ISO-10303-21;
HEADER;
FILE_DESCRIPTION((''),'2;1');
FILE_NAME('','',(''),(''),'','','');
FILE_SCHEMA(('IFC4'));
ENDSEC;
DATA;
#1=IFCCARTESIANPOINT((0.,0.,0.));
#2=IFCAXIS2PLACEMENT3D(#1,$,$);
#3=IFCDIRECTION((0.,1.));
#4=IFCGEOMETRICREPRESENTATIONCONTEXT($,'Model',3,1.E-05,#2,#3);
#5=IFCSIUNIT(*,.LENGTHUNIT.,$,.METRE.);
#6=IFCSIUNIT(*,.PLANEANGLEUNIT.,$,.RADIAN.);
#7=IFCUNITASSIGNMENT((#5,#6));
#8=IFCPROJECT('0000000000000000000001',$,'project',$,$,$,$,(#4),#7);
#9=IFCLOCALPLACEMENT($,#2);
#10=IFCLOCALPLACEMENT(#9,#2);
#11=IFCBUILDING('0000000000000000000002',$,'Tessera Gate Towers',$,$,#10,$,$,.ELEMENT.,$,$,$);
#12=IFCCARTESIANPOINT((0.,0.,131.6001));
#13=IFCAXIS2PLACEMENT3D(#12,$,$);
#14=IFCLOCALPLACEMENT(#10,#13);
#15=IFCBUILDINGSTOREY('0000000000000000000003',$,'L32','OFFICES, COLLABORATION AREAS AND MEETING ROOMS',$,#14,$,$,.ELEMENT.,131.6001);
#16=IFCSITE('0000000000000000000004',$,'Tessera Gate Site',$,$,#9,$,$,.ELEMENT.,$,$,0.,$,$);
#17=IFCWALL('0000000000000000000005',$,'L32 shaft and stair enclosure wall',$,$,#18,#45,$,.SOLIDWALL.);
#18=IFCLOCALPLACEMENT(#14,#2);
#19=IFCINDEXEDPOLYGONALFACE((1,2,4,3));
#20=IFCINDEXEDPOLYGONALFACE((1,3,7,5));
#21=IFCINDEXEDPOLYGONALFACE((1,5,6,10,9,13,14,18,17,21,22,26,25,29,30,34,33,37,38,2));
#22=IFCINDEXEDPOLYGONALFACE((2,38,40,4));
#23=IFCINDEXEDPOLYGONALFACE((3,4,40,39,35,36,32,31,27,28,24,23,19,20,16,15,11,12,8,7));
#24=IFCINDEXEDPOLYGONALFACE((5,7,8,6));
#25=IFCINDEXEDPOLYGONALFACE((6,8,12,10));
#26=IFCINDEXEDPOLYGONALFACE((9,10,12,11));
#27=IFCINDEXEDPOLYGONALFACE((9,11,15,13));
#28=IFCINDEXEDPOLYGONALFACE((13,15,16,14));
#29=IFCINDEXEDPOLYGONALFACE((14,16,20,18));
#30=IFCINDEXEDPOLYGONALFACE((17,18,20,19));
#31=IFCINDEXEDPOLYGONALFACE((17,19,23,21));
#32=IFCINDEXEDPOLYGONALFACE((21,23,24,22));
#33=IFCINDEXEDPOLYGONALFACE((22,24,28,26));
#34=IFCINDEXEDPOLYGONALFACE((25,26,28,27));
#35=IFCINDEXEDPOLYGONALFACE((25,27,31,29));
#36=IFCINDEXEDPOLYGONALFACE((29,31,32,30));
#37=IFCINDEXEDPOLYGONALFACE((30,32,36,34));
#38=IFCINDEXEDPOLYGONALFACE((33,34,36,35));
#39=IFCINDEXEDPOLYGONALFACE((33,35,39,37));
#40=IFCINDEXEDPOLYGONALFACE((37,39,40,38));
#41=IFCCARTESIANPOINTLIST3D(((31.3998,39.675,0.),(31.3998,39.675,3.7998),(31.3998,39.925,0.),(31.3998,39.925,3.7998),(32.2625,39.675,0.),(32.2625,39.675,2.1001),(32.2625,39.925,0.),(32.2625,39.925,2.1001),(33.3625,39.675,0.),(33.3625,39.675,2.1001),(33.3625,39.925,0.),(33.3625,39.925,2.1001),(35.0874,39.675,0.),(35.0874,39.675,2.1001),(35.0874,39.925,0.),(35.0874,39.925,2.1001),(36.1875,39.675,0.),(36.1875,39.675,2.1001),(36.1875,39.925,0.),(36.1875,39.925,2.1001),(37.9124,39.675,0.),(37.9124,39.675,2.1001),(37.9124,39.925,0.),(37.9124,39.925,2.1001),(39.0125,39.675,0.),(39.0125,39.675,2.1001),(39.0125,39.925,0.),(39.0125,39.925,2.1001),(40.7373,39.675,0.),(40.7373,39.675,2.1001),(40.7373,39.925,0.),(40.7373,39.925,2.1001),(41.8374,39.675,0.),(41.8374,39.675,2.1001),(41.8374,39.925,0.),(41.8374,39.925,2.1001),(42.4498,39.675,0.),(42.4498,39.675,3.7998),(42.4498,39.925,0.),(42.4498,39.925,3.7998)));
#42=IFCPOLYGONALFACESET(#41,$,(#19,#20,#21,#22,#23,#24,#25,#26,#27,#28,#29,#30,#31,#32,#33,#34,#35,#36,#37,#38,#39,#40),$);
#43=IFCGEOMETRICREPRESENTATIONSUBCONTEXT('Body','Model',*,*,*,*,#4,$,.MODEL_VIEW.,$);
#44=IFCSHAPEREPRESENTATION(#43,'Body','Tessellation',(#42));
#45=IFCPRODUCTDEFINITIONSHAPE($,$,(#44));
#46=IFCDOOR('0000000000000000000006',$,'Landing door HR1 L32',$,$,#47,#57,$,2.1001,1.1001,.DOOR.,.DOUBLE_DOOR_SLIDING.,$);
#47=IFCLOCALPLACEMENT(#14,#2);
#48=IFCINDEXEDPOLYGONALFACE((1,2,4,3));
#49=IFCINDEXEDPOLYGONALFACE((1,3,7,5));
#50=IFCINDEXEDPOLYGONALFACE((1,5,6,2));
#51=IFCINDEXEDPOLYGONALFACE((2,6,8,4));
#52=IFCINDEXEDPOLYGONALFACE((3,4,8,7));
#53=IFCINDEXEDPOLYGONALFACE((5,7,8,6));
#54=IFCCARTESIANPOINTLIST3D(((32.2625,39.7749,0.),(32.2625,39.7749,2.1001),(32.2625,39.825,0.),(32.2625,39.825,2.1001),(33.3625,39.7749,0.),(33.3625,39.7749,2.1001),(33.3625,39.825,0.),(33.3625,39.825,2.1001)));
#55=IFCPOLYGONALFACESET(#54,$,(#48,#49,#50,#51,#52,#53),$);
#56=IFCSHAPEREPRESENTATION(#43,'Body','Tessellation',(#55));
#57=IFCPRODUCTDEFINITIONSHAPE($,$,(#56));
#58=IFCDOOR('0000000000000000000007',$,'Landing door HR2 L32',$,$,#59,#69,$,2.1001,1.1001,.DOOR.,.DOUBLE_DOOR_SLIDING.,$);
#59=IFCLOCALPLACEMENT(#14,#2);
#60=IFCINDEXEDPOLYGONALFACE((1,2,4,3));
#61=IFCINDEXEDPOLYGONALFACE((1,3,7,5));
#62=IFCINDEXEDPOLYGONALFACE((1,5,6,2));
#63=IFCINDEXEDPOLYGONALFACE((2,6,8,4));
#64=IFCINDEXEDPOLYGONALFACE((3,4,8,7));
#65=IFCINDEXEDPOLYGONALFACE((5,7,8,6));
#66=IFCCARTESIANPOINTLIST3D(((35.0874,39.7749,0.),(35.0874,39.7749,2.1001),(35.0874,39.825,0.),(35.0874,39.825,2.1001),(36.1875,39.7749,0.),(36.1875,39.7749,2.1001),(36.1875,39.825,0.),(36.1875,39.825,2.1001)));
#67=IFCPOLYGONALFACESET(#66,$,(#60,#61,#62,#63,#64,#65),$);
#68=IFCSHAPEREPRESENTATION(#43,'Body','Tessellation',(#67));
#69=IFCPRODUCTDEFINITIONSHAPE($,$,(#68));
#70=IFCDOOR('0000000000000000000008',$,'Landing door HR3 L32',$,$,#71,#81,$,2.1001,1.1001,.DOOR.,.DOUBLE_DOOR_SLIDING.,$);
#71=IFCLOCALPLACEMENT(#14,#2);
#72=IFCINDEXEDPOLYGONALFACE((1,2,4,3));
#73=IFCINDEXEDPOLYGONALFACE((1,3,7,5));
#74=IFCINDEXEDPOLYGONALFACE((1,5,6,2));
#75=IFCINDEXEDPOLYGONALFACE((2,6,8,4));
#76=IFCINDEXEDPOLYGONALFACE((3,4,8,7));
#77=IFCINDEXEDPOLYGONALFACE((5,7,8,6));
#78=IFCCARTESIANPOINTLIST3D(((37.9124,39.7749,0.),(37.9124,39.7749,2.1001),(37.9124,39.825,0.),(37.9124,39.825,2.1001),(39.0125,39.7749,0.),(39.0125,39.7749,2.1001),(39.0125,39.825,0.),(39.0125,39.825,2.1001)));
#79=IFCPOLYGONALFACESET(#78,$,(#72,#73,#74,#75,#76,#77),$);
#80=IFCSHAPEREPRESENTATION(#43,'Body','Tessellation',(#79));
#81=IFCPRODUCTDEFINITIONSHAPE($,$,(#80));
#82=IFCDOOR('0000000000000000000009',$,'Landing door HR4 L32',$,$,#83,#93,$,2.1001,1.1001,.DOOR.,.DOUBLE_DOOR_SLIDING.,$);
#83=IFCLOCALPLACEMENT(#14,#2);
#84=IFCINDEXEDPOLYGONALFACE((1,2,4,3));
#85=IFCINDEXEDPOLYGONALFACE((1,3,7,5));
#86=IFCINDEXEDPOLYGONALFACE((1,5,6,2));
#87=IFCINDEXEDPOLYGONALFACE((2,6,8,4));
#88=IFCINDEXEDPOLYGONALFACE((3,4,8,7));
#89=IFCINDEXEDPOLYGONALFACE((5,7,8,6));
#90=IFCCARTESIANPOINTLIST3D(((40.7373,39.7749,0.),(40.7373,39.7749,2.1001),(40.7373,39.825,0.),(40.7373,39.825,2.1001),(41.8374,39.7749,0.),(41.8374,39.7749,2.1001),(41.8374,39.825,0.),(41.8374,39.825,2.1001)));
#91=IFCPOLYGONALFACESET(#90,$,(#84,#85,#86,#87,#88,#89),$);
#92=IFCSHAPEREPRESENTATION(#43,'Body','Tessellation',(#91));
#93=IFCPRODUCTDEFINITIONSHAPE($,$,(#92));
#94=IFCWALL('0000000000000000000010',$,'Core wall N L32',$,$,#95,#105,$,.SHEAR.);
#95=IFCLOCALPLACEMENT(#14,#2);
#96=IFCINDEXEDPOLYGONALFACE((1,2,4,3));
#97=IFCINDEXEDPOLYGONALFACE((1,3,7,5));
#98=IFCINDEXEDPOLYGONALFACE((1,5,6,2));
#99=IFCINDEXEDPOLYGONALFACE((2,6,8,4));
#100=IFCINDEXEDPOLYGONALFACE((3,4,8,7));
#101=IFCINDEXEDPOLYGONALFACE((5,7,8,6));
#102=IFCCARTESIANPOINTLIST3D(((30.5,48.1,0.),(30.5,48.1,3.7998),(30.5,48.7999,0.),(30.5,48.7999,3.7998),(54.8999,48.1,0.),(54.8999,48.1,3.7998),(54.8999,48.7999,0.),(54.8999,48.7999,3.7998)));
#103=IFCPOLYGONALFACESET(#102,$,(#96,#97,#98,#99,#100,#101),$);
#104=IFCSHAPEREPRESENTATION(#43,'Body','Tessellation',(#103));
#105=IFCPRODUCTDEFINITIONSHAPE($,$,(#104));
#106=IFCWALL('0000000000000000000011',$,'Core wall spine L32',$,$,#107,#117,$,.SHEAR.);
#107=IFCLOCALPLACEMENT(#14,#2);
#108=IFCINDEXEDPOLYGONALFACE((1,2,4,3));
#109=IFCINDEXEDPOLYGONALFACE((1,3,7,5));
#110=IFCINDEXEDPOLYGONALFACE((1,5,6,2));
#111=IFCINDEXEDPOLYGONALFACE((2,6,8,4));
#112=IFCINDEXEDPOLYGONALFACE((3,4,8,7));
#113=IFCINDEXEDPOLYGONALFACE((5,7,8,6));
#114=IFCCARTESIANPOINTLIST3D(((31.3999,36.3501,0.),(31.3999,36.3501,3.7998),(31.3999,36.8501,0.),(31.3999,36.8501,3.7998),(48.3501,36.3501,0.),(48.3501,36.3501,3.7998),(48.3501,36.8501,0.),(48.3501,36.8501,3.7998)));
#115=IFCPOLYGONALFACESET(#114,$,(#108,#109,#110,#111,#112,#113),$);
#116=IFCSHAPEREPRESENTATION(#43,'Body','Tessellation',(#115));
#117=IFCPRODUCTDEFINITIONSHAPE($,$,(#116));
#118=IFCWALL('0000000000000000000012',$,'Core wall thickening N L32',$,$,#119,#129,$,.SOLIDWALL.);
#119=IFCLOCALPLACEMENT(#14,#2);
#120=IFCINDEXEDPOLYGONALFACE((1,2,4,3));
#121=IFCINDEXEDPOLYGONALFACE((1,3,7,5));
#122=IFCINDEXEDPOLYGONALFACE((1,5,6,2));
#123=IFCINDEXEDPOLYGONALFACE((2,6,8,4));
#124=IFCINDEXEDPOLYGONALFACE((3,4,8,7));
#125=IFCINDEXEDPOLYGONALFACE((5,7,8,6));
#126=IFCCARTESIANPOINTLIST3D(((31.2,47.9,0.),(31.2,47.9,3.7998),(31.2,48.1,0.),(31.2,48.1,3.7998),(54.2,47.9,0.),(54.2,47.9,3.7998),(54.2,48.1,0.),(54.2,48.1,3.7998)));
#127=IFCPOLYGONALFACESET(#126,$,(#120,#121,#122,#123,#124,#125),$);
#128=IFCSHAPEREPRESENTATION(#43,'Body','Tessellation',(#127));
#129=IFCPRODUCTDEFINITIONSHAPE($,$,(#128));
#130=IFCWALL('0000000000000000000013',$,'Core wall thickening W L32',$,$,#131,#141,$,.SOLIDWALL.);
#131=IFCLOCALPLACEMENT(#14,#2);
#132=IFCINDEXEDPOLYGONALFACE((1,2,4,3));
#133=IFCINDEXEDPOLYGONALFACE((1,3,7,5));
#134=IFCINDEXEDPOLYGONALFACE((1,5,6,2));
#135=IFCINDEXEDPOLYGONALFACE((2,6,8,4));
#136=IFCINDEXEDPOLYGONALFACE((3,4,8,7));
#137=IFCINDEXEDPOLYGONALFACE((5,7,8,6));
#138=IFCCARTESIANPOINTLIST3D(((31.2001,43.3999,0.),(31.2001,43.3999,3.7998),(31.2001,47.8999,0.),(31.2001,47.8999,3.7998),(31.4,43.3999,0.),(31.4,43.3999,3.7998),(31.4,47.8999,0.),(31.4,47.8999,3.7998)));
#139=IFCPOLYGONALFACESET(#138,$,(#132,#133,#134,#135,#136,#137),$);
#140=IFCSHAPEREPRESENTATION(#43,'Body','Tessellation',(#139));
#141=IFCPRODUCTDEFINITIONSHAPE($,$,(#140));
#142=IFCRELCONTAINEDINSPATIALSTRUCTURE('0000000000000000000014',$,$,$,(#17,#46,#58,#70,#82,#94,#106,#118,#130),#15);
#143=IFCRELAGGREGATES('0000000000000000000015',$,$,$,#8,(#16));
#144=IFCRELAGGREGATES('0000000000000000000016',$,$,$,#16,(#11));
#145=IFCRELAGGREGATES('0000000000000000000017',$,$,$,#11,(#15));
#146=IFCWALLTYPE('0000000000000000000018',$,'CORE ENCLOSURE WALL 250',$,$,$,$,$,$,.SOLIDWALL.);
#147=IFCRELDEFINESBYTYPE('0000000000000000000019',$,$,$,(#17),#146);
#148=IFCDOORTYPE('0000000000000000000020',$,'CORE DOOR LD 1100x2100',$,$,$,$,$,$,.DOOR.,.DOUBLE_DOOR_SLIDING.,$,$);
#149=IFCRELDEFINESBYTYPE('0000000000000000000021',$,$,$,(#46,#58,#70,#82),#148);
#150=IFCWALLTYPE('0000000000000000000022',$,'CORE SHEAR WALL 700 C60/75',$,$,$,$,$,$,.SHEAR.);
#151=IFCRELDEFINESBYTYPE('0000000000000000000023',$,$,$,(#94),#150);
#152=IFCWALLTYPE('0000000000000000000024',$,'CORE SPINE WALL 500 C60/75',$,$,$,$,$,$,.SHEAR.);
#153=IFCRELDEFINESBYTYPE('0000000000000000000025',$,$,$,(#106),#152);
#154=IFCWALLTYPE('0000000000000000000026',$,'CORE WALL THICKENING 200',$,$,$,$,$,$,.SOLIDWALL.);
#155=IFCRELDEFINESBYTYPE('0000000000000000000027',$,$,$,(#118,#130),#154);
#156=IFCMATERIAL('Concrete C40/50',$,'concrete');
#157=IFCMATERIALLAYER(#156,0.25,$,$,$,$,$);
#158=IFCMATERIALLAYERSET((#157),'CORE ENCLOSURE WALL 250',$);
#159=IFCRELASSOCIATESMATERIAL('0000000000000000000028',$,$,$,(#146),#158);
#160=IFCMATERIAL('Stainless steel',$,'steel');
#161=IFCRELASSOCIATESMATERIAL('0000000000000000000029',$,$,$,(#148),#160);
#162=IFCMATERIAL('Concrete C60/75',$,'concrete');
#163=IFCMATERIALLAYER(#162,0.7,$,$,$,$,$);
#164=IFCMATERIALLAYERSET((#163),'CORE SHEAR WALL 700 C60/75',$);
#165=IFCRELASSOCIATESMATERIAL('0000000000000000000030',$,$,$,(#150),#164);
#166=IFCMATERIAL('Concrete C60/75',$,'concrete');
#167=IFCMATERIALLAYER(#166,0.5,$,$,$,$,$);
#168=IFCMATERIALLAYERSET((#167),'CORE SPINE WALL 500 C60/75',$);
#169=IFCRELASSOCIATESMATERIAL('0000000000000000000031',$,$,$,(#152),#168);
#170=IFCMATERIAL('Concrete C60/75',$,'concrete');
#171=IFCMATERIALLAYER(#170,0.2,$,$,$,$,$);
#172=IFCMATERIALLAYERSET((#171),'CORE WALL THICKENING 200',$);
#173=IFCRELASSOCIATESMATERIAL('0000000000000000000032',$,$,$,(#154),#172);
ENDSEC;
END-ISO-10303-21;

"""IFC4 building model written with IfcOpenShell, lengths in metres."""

from ifc_helpers import new_model, si_unit, direction, frame, frame_2d, origin, place, context, subcontext, project, spatial, rectangle, extrude, source, transform, mapped, material, layer, layer_set, type_object, element, fill, save


model = new_model("IFC4")

# Units and contexts
model_context = context("Model", 3, precision=1e-05, world=origin(), true_north=direction((0.0, 1.0)))
body_context = subcontext(model_context, "Body", "Model", "MODEL_VIEW")
ifc_project = project(units=[si_unit("LENGTHUNIT", "METRE"), si_unit("PLANEANGLEUNIT", "RADIAN")], contexts=[model_context])

# Site, building, storey
site_placement = place(None, origin())
site = spatial("IfcSite", under=ifc_project, at=site_placement, Name="Tessera Gate Site", CompositionType="ELEMENT", RefElevation=0.0)
building_placement = place(site_placement, origin())
building = spatial("IfcBuilding", under=site, at=building_placement, Name="Tessera Gate Towers", CompositionType="ELEMENT")
storey_placement = place(building_placement, frame((0.0, 0.0, 131.6001)))
storey = spatial("IfcBuildingStorey", under=building, at=storey_placement, Name="L32", Description="OFFICES, COLLABORATION AREAS AND MEETING ROOMS", CompositionType="ELEMENT", Elevation=131.6001)

# Wall, openings, doors
ifc_material_1 = material(Name="Concrete C40/50", Category="concrete")
ifc_layer_1 = layer(ifc_material_1, 0.25)
ifc_layer_set_1 = layer_set([ifc_layer_1], Name="CORE ENCLOSURE WALL 250")
wall_type_1 = type_object("IfcWallType", Name="CORE ENCLOSURE WALL 250", PredefinedType="SOLIDWALL", material=ifc_layer_set_1)
wall_1_placement = place(storey_placement, frame((31.3999, 39.8, 0.0), z_axis=(0.0, 0.0, 1.0), x_axis=(1.0, 0.0, 0.0)))
wall_1 = element("IfcWall", 1, at=wall_1_placement, inside=storey, type_object=wall_type_1, Name="L32 shaft and stair enclosure wall", PredefinedType="SOLIDWALL", context=body_context, shape_type="SweptSolid", body=[
    extrude(rectangle(XDim=11.05, YDim=0.25, at=frame_2d((5.5249, 0.0))), origin(), (0.0, 0.0, 1.0), 3.7998),
])
shared_shape_1 = source(origin(), body_context, "Body", "SweptSolid", [
    extrude(rectangle(XDim=1.1001, YDim=2.1001, at=frame_2d((0.55, 1.05))), frame((0.0, 0.135, 0.0), z_axis=(0.0, -1.0, 0.0), x_axis=(1.0, 0.0, 0.0)), (0.0, 0.0, 1.0), 0.27),
])
opening_1_placement = place(wall_1_placement, frame((0.8625, 0.0, 0.0)))
opening_1 = element("IfcOpeningElement", 2, at=opening_1_placement, cuts=wall_1, PredefinedType="OPENING", context=body_context, shape_type="MappedRepresentation", body=[
    mapped(shared_shape_1, transform((0.0, 0.0, 0.0), scale=1.0)),
])
opening_2_placement = place(wall_1_placement, frame((3.6875, 0.0, 0.0)))
opening_2 = element("IfcOpeningElement", 3, at=opening_2_placement, cuts=wall_1, PredefinedType="OPENING", context=body_context, shape_type="MappedRepresentation", body=[
    mapped(shared_shape_1, transform((0.0, 0.0, 0.0), scale=1.0)),
])
opening_3_placement = place(wall_1_placement, frame((6.5125, 0.0, 0.0)))
opening_3 = element("IfcOpeningElement", 4, at=opening_3_placement, cuts=wall_1, PredefinedType="OPENING", context=body_context, shape_type="MappedRepresentation", body=[
    mapped(shared_shape_1, transform((0.0, 0.0, 0.0), scale=1.0)),
])
opening_4_placement = place(wall_1_placement, frame((9.3374, 0.0, 0.0)))
opening_4 = element("IfcOpeningElement", 5, at=opening_4_placement, cuts=wall_1, PredefinedType="OPENING", context=body_context, shape_type="MappedRepresentation", body=[
    mapped(shared_shape_1, transform((0.0, 0.0, 0.0), scale=1.0)),
])
ifc_material_2 = material(Name="Stainless steel", Category="steel")
door_type_1 = type_object("IfcDoorType", Name="CORE DOOR LD 1100x2100", OperationType="DOUBLE_DOOR_SLIDING", PredefinedType="DOOR", material=ifc_material_2)
shared_shape_2 = source(origin(), body_context, "Body", "SweptSolid", [
    extrude(rectangle(XDim=1.1001, YDim=2.1001, at=frame_2d((0.55, 1.05))), frame((0.0, 0.0249, 0.0), z_axis=(0.0, -1.0, 0.0), x_axis=(1.0, 0.0, 0.0)), (0.0, 0.0, 1.0), 0.05),
])
door_1_placement = place(opening_1_placement, origin())
door_1 = element("IfcDoor", 6, at=door_1_placement, inside=storey, type_object=door_type_1, Name="Landing door HR1 L32", OperationType="DOUBLE_DOOR_SLIDING", OverallHeight=2.1001, OverallWidth=1.1001, PredefinedType="DOOR", context=body_context, shape_type="MappedRepresentation", body=[
    mapped(shared_shape_2, transform((0.0, 0.0, 0.0), scale=1.0)),
])
fill(opening_1, door_1)
door_2_placement = place(opening_2_placement, origin())
door_2 = element("IfcDoor", 7, at=door_2_placement, inside=storey, type_object=door_type_1, Name="Landing door HR2 L32", OperationType="DOUBLE_DOOR_SLIDING", OverallHeight=2.1001, OverallWidth=1.1001, PredefinedType="DOOR", context=body_context, shape_type="MappedRepresentation", body=[
    mapped(shared_shape_2, transform((0.0, 0.0, 0.0), scale=1.0)),
])
fill(opening_2, door_2)
door_3_placement = place(opening_3_placement, origin())
door_3 = element("IfcDoor", 8, at=door_3_placement, inside=storey, type_object=door_type_1, Name="Landing door HR3 L32", OperationType="DOUBLE_DOOR_SLIDING", OverallHeight=2.1001, OverallWidth=1.1001, PredefinedType="DOOR", context=body_context, shape_type="MappedRepresentation", body=[
    mapped(shared_shape_2, transform((0.0, 0.0, 0.0), scale=1.0)),
])
fill(opening_3, door_3)
door_4_placement = place(opening_4_placement, origin())
door_4 = element("IfcDoor", 9, at=door_4_placement, inside=storey, type_object=door_type_1, Name="Landing door HR4 L32", OperationType="DOUBLE_DOOR_SLIDING", OverallHeight=2.1001, OverallWidth=1.1001, PredefinedType="DOOR", context=body_context, shape_type="MappedRepresentation", body=[
    mapped(shared_shape_2, transform((0.0, 0.0, 0.0), scale=1.0)),
])
fill(opening_4, door_4)

# Walls
ifc_material_3 = material(Name="Concrete C60/75", Category="concrete")
ifc_layer_2 = layer(ifc_material_3, 0.7)
ifc_layer_set_2 = layer_set([ifc_layer_2], Name="CORE SHEAR WALL 700 C60/75")
wall_type_2 = type_object("IfcWallType", Name="CORE SHEAR WALL 700 C60/75", PredefinedType="SHEAR", material=ifc_layer_set_2)
wall_2_placement = place(storey_placement, frame((30.5, 48.45, 0.0), z_axis=(0.0, 0.0, 1.0), x_axis=(1.0, 0.0, 0.0)))
element("IfcWall", 10, at=wall_2_placement, inside=storey, type_object=wall_type_2, Name="Core wall N L32", PredefinedType="SHEAR", context=body_context, shape_type="SweptSolid", body=[
    extrude(rectangle(XDim=24.3999, YDim=0.7, at=frame_2d((12.2, 0.0))), origin(), (0.0, 0.0, 1.0), 3.7998),
])
ifc_material_4 = material(Name="Concrete C60/75", Category="concrete")
ifc_layer_3 = layer(ifc_material_4, 0.5)
ifc_layer_set_3 = layer_set([ifc_layer_3], Name="CORE SPINE WALL 500 C60/75")
wall_type_3 = type_object("IfcWallType", Name="CORE SPINE WALL 500 C60/75", PredefinedType="SHEAR", material=ifc_layer_set_3)
wall_3_placement = place(storey_placement, frame((31.3999, 36.6001, 0.0), z_axis=(0.0, 0.0, 1.0), x_axis=(1.0, 0.0, 0.0)))
element("IfcWall", 11, at=wall_3_placement, inside=storey, type_object=wall_type_3, Name="Core wall spine L32", PredefinedType="SHEAR", context=body_context, shape_type="SweptSolid", body=[
    extrude(rectangle(XDim=16.9502, YDim=0.5, at=frame_2d((8.4751, 0.0))), origin(), (0.0, 0.0, 1.0), 3.7998),
])
ifc_material_5 = material(Name="Concrete C60/75", Category="concrete")
ifc_layer_4 = layer(ifc_material_5, 0.2)
ifc_layer_set_4 = layer_set([ifc_layer_4], Name="CORE WALL THICKENING 200")
wall_type_4 = type_object("IfcWallType", Name="CORE WALL THICKENING 200", PredefinedType="SOLIDWALL", material=ifc_layer_set_4)
wall_4_placement = place(storey_placement, frame((31.2, 48.0, 0.0), z_axis=(0.0, 0.0, 1.0), x_axis=(1.0, 0.0, 0.0)))
element("IfcWall", 12, at=wall_4_placement, inside=storey, type_object=wall_type_4, Name="Core wall thickening N L32", PredefinedType="SOLIDWALL", context=body_context, shape_type="SweptSolid", body=[
    extrude(rectangle(XDim=23.0, YDim=0.2, at=frame_2d((11.5, 0.0))), origin(), (0.0, 0.0, 1.0), 3.7998),
])
wall_5_placement = place(storey_placement, frame((31.3, 43.3999, 0.0), z_axis=(0.0, 0.0, 1.0), x_axis=(0.0, 1.0, 0.0)))
element("IfcWall", 13, at=wall_5_placement, inside=storey, type_object=wall_type_4, Name="Core wall thickening W L32", PredefinedType="SOLIDWALL", context=body_context, shape_type="SweptSolid", body=[
    extrude(rectangle(XDim=4.5, YDim=0.2, at=frame_2d((2.25, 0.0))), origin(), (0.0, 0.0, 1.0), 3.7998),
])

save(model, "model.ifc")
